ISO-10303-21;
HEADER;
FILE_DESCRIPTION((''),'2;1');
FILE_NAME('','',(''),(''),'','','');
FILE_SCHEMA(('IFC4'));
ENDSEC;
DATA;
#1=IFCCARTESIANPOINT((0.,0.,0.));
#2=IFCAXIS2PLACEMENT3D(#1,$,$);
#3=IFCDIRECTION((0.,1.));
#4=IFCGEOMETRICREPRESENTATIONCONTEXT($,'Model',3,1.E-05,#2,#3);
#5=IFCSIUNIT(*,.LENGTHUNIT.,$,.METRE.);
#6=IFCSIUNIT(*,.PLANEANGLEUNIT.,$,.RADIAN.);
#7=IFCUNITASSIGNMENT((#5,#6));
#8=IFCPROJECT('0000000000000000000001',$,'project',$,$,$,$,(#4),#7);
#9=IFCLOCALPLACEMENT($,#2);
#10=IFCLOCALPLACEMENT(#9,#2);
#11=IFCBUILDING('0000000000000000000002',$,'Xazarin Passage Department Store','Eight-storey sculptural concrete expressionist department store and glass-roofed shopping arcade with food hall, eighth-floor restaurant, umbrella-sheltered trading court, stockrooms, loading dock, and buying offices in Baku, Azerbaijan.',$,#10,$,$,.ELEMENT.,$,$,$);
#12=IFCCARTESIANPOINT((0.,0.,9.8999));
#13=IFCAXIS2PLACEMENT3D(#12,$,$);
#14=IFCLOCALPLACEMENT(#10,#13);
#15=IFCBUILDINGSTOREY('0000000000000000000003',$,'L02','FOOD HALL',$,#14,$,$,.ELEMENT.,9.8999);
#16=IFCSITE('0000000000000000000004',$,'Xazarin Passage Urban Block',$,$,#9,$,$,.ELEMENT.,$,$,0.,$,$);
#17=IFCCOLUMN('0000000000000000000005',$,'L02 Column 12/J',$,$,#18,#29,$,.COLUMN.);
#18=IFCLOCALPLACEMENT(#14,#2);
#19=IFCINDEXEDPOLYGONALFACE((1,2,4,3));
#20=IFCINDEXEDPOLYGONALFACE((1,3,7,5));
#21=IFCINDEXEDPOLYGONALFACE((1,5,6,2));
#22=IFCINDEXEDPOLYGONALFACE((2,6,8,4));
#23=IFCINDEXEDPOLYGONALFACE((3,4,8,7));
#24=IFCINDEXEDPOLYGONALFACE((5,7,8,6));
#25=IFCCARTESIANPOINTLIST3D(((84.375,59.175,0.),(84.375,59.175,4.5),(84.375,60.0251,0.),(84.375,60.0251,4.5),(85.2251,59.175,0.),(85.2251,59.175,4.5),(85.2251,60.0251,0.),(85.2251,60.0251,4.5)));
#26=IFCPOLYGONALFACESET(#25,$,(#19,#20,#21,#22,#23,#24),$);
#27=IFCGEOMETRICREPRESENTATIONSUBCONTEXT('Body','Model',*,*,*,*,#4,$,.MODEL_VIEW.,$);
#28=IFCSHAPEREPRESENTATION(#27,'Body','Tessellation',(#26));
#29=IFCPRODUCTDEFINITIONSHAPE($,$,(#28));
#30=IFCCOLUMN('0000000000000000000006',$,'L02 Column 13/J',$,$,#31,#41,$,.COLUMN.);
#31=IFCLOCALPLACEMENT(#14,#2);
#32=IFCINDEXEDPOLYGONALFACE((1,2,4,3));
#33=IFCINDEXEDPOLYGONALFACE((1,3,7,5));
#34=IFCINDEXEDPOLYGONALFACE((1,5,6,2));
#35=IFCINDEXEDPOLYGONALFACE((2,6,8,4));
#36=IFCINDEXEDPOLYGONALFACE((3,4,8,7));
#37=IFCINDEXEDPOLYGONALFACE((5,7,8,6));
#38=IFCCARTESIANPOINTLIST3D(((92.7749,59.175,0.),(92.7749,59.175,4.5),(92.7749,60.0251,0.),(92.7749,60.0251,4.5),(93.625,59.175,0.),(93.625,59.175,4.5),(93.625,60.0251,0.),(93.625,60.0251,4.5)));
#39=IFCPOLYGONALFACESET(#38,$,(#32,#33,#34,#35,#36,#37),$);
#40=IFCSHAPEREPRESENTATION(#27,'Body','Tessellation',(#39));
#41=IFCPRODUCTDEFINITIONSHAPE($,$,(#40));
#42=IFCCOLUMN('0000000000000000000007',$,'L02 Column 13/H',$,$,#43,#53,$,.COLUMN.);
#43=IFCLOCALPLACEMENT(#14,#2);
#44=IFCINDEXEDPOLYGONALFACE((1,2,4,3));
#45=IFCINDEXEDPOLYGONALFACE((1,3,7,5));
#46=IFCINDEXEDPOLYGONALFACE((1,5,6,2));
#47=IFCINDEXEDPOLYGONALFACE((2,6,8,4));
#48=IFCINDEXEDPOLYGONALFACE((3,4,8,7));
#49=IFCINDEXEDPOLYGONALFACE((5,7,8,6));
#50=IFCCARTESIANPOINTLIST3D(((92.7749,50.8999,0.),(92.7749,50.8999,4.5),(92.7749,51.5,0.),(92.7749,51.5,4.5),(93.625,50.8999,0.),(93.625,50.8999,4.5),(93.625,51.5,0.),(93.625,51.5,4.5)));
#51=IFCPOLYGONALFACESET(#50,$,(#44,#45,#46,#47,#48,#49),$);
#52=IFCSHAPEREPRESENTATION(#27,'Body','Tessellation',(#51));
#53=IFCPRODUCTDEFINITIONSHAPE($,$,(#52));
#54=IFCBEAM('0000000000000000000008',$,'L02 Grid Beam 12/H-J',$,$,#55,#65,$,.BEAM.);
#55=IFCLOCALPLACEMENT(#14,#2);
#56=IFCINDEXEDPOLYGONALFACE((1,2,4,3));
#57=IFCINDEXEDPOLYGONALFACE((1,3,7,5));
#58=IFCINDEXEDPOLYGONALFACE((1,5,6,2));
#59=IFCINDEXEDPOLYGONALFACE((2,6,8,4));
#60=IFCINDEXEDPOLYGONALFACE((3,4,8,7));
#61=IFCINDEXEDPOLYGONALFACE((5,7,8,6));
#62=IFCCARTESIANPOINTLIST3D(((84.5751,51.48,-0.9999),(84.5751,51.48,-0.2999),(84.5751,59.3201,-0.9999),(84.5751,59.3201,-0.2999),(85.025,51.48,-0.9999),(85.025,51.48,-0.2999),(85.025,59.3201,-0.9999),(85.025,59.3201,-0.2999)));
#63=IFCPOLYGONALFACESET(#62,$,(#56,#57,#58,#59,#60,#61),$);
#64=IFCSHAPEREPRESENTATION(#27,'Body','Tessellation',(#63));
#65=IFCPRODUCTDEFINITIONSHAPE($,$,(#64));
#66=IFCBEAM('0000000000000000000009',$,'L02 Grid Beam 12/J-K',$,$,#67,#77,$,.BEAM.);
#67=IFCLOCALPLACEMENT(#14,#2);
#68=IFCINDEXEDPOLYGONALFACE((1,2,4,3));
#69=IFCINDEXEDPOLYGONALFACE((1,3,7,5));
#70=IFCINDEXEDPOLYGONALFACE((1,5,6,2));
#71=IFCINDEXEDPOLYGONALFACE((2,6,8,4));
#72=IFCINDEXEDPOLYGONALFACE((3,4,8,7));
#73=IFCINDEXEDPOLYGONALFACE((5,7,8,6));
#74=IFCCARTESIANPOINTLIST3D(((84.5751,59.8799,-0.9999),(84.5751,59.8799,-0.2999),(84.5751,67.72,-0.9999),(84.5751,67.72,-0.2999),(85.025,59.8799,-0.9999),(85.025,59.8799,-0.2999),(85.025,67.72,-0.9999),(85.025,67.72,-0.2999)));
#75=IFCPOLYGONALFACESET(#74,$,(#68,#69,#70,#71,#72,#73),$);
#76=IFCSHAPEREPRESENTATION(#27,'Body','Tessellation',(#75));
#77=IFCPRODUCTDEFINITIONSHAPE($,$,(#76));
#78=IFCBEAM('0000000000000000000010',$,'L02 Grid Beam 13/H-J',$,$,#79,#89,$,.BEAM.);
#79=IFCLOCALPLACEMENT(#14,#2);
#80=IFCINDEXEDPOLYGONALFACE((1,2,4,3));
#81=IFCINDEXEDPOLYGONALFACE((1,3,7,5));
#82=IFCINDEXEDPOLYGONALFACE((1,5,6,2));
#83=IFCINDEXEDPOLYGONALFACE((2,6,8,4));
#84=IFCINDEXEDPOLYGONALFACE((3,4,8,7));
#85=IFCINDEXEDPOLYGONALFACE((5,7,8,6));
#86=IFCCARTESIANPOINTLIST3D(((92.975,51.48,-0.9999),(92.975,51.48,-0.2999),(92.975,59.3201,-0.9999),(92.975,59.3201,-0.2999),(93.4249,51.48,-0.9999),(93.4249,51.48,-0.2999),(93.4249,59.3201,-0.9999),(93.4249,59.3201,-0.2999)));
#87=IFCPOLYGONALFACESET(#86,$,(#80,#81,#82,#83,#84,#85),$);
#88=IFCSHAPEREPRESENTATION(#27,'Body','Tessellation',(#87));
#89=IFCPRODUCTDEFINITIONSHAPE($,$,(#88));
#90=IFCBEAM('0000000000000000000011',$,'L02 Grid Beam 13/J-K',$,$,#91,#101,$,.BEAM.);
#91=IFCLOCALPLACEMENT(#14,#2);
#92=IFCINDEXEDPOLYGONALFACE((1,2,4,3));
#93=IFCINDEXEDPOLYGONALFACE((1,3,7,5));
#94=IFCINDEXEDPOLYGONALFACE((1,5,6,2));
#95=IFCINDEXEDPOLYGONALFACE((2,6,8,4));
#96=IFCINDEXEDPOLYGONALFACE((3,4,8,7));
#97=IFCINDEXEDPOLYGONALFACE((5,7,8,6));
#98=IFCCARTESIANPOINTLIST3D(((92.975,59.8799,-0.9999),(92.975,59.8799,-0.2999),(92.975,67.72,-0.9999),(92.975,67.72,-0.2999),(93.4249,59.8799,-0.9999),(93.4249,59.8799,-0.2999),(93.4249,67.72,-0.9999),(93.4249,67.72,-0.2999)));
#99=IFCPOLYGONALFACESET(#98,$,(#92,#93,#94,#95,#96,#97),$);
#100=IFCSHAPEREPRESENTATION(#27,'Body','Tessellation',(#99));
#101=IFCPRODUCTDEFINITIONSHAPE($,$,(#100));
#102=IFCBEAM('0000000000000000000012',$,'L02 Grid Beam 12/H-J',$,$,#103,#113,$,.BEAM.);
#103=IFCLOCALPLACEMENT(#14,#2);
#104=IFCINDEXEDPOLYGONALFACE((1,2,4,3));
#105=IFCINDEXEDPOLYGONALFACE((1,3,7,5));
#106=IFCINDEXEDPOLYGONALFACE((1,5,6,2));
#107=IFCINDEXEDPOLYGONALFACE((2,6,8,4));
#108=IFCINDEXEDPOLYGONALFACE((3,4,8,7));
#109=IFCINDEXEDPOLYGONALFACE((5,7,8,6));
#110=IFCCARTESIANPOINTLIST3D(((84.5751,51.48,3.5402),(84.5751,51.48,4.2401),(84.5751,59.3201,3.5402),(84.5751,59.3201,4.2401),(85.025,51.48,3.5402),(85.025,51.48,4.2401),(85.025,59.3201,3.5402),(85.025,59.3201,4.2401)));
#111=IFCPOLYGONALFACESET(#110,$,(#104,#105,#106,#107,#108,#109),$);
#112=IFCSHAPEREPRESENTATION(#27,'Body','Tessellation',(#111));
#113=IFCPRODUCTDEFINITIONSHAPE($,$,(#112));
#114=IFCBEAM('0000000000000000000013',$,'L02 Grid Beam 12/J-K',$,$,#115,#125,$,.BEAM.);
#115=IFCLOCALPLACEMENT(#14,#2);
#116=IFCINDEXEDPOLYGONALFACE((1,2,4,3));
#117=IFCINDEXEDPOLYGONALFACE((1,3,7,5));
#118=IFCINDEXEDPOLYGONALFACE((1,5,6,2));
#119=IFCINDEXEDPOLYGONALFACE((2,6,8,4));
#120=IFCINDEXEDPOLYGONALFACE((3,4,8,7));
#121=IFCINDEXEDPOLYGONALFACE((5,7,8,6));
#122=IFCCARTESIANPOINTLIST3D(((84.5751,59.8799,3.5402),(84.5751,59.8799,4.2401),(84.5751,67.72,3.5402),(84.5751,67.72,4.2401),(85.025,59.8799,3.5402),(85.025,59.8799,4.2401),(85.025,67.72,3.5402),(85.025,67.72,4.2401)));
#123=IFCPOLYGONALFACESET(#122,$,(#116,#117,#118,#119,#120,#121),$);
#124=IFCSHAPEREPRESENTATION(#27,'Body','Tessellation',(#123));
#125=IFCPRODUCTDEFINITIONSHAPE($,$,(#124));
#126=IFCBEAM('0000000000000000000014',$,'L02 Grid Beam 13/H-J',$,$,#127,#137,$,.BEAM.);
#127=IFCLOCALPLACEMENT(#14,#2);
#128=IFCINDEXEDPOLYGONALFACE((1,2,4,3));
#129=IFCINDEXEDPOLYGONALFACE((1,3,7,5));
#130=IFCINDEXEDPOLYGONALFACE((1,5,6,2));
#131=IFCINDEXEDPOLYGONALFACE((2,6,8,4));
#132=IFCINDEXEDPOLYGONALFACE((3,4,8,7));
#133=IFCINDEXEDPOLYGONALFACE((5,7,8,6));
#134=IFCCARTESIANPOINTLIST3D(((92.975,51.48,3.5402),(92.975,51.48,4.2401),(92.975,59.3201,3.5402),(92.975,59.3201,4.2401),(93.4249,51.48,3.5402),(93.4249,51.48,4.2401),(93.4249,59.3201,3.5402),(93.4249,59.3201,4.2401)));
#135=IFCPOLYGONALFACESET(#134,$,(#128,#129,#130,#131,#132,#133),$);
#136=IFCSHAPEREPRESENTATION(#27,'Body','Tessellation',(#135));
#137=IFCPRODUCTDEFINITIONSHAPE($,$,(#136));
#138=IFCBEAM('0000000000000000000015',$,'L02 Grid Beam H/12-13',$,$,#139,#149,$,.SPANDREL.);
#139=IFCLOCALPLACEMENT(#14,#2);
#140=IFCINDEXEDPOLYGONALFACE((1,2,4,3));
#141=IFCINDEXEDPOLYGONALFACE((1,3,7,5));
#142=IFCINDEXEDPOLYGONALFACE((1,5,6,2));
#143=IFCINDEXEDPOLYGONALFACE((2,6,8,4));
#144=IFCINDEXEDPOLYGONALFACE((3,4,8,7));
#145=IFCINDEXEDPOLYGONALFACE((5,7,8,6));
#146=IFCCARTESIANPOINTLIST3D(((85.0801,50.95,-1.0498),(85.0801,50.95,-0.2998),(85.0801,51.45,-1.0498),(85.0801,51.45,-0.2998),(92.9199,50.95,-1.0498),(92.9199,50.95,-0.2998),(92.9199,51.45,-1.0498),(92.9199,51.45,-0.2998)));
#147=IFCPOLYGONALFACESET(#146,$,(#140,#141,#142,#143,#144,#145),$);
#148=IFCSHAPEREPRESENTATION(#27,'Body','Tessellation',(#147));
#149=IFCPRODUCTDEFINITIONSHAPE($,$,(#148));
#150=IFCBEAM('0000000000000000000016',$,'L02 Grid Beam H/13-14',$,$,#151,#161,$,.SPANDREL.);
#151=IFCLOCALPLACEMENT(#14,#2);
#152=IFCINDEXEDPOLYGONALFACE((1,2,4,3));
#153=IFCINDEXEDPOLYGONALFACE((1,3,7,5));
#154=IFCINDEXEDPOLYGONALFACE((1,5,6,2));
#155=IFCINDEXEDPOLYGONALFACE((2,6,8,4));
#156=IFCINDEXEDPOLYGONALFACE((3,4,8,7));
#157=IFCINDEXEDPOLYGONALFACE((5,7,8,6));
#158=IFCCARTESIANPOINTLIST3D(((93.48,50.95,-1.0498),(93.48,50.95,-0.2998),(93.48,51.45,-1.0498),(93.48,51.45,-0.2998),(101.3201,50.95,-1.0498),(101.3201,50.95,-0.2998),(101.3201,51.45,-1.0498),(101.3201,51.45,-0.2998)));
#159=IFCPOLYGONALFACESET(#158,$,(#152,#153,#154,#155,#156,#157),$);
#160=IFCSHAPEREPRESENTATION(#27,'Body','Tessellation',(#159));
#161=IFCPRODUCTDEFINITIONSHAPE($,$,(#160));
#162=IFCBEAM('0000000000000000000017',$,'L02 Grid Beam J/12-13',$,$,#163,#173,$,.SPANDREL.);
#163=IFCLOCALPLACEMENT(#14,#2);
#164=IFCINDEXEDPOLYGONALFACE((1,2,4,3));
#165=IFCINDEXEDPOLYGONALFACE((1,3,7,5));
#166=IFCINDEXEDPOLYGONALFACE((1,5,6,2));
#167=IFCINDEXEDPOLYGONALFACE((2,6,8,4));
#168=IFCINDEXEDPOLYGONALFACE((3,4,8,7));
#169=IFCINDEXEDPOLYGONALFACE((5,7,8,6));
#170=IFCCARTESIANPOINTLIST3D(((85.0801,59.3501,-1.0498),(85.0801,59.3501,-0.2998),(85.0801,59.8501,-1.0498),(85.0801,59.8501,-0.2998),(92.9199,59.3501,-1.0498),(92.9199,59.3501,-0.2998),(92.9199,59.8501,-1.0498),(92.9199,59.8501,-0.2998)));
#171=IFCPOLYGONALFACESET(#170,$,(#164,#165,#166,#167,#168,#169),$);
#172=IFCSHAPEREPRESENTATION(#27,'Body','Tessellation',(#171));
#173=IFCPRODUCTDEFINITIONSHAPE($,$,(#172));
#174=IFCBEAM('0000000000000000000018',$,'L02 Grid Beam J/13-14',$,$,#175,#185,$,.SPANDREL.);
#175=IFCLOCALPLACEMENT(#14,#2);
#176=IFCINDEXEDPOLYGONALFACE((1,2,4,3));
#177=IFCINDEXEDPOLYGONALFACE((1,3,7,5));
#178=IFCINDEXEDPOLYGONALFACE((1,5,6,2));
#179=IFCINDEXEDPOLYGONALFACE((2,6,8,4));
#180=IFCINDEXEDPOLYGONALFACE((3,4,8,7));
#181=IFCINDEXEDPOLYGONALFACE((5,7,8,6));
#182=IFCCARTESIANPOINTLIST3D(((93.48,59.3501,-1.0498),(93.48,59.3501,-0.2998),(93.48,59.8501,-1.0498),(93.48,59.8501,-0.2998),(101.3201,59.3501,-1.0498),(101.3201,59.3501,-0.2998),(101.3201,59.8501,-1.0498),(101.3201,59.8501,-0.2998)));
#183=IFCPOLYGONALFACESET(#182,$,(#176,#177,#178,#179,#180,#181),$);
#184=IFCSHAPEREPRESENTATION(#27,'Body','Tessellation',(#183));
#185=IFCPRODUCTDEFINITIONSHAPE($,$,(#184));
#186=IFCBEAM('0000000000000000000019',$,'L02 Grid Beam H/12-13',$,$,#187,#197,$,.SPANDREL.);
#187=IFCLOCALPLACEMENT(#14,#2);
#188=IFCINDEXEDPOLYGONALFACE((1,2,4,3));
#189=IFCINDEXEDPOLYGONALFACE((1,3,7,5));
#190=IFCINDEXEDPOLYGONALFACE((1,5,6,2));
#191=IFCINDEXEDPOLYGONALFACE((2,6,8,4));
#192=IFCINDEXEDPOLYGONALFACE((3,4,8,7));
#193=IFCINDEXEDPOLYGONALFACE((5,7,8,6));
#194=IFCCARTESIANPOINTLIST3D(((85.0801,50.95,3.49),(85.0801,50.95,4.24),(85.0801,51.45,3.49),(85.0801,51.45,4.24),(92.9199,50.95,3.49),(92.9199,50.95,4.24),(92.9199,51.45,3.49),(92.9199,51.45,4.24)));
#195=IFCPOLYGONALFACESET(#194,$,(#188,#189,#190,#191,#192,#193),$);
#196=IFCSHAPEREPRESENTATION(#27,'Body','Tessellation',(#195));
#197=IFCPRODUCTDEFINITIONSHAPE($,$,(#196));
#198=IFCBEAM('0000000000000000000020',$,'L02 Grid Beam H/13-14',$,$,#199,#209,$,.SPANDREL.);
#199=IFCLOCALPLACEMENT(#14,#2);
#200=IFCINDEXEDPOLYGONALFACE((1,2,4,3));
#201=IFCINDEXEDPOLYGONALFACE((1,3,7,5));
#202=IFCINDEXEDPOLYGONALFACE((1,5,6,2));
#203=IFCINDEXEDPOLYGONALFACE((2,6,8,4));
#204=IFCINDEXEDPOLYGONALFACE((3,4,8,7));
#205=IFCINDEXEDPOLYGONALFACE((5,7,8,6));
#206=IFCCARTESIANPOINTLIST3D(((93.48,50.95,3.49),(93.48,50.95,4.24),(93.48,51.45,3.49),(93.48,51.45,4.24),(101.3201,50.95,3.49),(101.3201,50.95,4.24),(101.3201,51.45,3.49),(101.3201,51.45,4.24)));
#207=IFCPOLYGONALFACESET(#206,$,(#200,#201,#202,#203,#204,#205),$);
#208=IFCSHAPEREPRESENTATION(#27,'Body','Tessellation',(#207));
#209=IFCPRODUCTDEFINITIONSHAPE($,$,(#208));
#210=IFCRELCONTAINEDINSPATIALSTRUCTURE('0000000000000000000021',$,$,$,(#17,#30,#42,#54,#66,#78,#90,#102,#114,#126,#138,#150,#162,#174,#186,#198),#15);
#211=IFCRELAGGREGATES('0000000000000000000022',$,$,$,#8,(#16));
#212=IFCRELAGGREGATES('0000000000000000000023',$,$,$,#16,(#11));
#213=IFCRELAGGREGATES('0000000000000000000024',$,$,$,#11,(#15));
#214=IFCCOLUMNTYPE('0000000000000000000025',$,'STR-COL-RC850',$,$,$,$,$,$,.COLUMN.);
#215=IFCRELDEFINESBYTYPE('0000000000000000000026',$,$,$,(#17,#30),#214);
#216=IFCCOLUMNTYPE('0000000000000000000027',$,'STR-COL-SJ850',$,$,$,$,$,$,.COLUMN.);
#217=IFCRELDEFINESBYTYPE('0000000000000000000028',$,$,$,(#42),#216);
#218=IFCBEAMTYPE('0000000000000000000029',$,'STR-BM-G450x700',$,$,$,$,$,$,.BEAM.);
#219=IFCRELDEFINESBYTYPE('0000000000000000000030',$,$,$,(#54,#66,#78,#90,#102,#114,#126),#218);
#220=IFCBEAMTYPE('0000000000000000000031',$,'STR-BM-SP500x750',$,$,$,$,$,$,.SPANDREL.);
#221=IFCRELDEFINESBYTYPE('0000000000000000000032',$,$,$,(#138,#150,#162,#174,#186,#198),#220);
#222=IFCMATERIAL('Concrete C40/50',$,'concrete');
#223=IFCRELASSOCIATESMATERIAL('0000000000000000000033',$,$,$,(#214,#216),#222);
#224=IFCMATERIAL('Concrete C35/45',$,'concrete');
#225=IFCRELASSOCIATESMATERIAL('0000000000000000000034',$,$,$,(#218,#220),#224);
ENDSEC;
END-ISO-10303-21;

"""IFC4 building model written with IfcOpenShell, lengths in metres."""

from ifc_helpers import new_model, si_unit, direction, frame, origin, origin_2d, place, context, subcontext, project, spatial, rectangle, extrude, material, material_profile, profile_set, type_object, element, save


model = new_model("IFC4")

# Units and contexts
model_context = context("Model", 3, precision=1e-05, world=origin(), true_north=direction((0.0, 1.0)))
body_context = subcontext(model_context, "Body", "Model", "MODEL_VIEW")
ifc_project = project(units=[si_unit("LENGTHUNIT", "METRE"), si_unit("PLANEANGLEUNIT", "RADIAN")], contexts=[model_context])

# Site, building, storey
site_placement = place(None, origin())
site = spatial("IfcSite", under=ifc_project, at=site_placement, Name="Xazarin Passage Urban Block", CompositionType="ELEMENT", RefElevation=0.0)
building_placement = place(site_placement, origin())
building = spatial("IfcBuilding", under=site, at=building_placement, Name="Xazarin Passage Department Store", Description="Eight-storey sculptural concrete expressionist department store and glass-roofed shopping arcade with food hall, eighth-floor restaurant, umbrella-sheltered trading court, stockrooms, loading dock, and buying offices in Baku, Azerbaijan.", CompositionType="ELEMENT")
storey_placement = place(building_placement, frame((0.0, 0.0, 9.8999)))
storey = spatial("IfcBuildingStorey", under=building, at=storey_placement, Name="L02", Description="FOOD HALL", CompositionType="ELEMENT", Elevation=9.8999)

# Columns
ifc_material_1 = material(Name="Concrete C40/50", Category="concrete")
ifc_material_profile_1 = material_profile(ifc_material_1, rectangle(XDim=0.8501, YDim=0.8501, at=origin_2d()), Name="RC 850x850")
ifc_profile_set_1 = profile_set([ifc_material_profile_1], Name="Concrete C40/50")
column_type_1 = type_object("IfcColumnType", Name="STR-COL-RC850", PredefinedType="COLUMN", material=ifc_profile_set_1)
for number, where, z_axis, x_axis, name in (
    (1, (84.8, 59.6001, 0.0), (0.0, 0.0, 1.0), (1.0, 0.0, 0.0), "L02 Column 12/J"),
    (2, (93.2, 59.6001, 0.0), (0.0, 0.0, 1.0), (1.0, 0.0, 0.0), "L02 Column 13/J"),
):
    element("IfcColumn", number, at=place(storey_placement, frame(where, z_axis=z_axis, x_axis=x_axis)), inside=storey, type_object=column_type_1, Name=name, PredefinedType="COLUMN", context=body_context, shape_type="SweptSolid", body=[
        extrude(rectangle(XDim=0.8501, YDim=0.8501, at=origin_2d()), origin(), (0.0, 0.0, 1.0), 4.5),
    ])
ifc_material_profile_2 = material_profile(ifc_material_1, rectangle(XDim=0.6001, YDim=0.8501, at=origin_2d()), Name="RC 600x850")
ifc_profile_set_2 = profile_set([ifc_material_profile_2], Name="Concrete C40/50")
column_type_2 = type_object("IfcColumnType", Name="STR-COL-SJ850", PredefinedType="COLUMN", material=ifc_profile_set_2)
column_placement = place(storey_placement, frame((93.2, 51.2, 0.0), z_axis=(0.0, 0.0, 1.0), x_axis=(0.0, 1.0, 0.0)))
element("IfcColumn", 3, at=column_placement, inside=storey, type_object=column_type_2, Name="L02 Column 13/H", PredefinedType="COLUMN", context=body_context, shape_type="SweptSolid", body=[
    extrude(rectangle(XDim=0.6001, YDim=0.8501, at=origin_2d()), origin(), (0.0, 0.0, 1.0), 4.5),
])

# Beams
ifc_material_2 = material(Name="Concrete C35/45", Category="concrete")
ifc_material_profile_3 = material_profile(ifc_material_2, rectangle(XDim=0.45, YDim=0.7, at=origin_2d()), Name="RC 450x700")
ifc_profile_set_3 = profile_set([ifc_material_profile_3], Name="Concrete C35/45")
beam_type_1 = type_object("IfcBeamType", Name="STR-BM-G450x700", PredefinedType="BEAM", material=ifc_profile_set_3)
for number, where, z_axis, x_axis, name in (
    (4, (84.8, 51.48, -0.6499), (0.0, 1.0, 0.0), (-1.0, 0.0, 0.0), "L02 Grid Beam 12/H-J"),
    (5, (84.8, 59.8799, -0.6499), (0.0, 1.0, 0.0), (-1.0, 0.0, 0.0), "L02 Grid Beam 12/J-K"),
    (6, (93.2, 51.48, -0.6499), (0.0, 1.0, 0.0), (-1.0, 0.0, 0.0), "L02 Grid Beam 13/H-J"),
    (7, (93.2, 59.8799, -0.6499), (0.0, 1.0, 0.0), (-1.0, 0.0, 0.0), "L02 Grid Beam 13/J-K"),
    (8, (84.8, 51.48, 3.8901), (0.0, 1.0, 0.0), (-1.0, 0.0, 0.0), "L02 Grid Beam 12/H-J"),
    (9, (84.8, 59.8799, 3.8901), (0.0, 1.0, 0.0), (-1.0, 0.0, 0.0), "L02 Grid Beam 12/J-K"),
    (10, (93.2, 51.48, 3.8901), (0.0, 1.0, 0.0), (-1.0, 0.0, 0.0), "L02 Grid Beam 13/H-J"),
):
    element("IfcBeam", number, at=place(storey_placement, frame(where, z_axis=z_axis, x_axis=x_axis)), inside=storey, type_object=beam_type_1, Name=name, PredefinedType="BEAM", context=body_context, shape_type="SweptSolid", body=[
        extrude(rectangle(XDim=0.45, YDim=0.7, at=origin_2d()), origin(), (0.0, 0.0, 1.0), 7.8401),
    ])
ifc_material_profile_4 = material_profile(ifc_material_2, rectangle(XDim=0.5, YDim=0.75, at=origin_2d()), Name="RC 500x750")
ifc_profile_set_4 = profile_set([ifc_material_profile_4], Name="Concrete C35/45")
beam_type_2 = type_object("IfcBeamType", Name="STR-BM-SP500x750", PredefinedType="SPANDREL", material=ifc_profile_set_4)
beam_1_placement = place(storey_placement, frame((85.0801, 51.2, -0.6748), z_axis=(1.0, 0.0, 0.0), x_axis=(0.0, 1.0, 0.0)))
element("IfcBeam", 11, at=beam_1_placement, inside=storey, type_object=beam_type_2, Name="L02 Grid Beam H/12-13", PredefinedType="SPANDREL", context=body_context, shape_type="SweptSolid", body=[
    extrude(rectangle(XDim=0.5, YDim=0.75, at=origin_2d()), origin(), (0.0, 0.0, 1.0), 7.8398),
])
beam_2_placement = place(storey_placement, frame((93.48, 51.2, -0.6748), z_axis=(1.0, 0.0, 0.0), x_axis=(0.0, 1.0, 0.0)))
element("IfcBeam", 12, at=beam_2_placement, inside=storey, type_object=beam_type_2, Name="L02 Grid Beam H/13-14", PredefinedType="SPANDREL", context=body_context, shape_type="SweptSolid", body=[
    extrude(rectangle(XDim=0.5, YDim=0.75, at=origin_2d()), origin(), (0.0, 0.0, 1.0), 7.8401),
])
beam_3_placement = place(storey_placement, frame((85.0801, 59.6001, -0.6748), z_axis=(1.0, 0.0, 0.0), x_axis=(0.0, 1.0, 0.0)))
element("IfcBeam", 13, at=beam_3_placement, inside=storey, type_object=beam_type_2, Name="L02 Grid Beam J/12-13", PredefinedType="SPANDREL", context=body_context, shape_type="SweptSolid", body=[
    extrude(rectangle(XDim=0.5, YDim=0.75, at=origin_2d()), origin(), (0.0, 0.0, 1.0), 7.8398),
])
beam_4_placement = place(storey_placement, frame((93.48, 59.6001, -0.6748), z_axis=(1.0, 0.0, 0.0), x_axis=(0.0, 1.0, 0.0)))
element("IfcBeam", 14, at=beam_4_placement, inside=storey, type_object=beam_type_2, Name="L02 Grid Beam J/13-14", PredefinedType="SPANDREL", context=body_context, shape_type="SweptSolid", body=[
    extrude(rectangle(XDim=0.5, YDim=0.75, at=origin_2d()), origin(), (0.0, 0.0, 1.0), 7.8401),
])
beam_5_placement = place(storey_placement, frame((85.0801, 51.2, 3.865), z_axis=(1.0, 0.0, 0.0), x_axis=(0.0, 1.0, 0.0)))
element("IfcBeam", 15, at=beam_5_placement, inside=storey, type_object=beam_type_2, Name="L02 Grid Beam H/12-13", PredefinedType="SPANDREL", context=body_context, shape_type="SweptSolid", body=[
    extrude(rectangle(XDim=0.5, YDim=0.75, at=origin_2d()), origin(), (0.0, 0.0, 1.0), 7.8398),
])
beam_6_placement = place(storey_placement, frame((93.48, 51.2, 3.865), z_axis=(1.0, 0.0, 0.0), x_axis=(0.0, 1.0, 0.0)))
element("IfcBeam", 16, at=beam_6_placement, inside=storey, type_object=beam_type_2, Name="L02 Grid Beam H/13-14", PredefinedType="SPANDREL", context=body_context, shape_type="SweptSolid", body=[
    extrude(rectangle(XDim=0.5, YDim=0.75, at=origin_2d()), origin(), (0.0, 0.0, 1.0), 7.8401),
])

save(model, "model.ifc")
